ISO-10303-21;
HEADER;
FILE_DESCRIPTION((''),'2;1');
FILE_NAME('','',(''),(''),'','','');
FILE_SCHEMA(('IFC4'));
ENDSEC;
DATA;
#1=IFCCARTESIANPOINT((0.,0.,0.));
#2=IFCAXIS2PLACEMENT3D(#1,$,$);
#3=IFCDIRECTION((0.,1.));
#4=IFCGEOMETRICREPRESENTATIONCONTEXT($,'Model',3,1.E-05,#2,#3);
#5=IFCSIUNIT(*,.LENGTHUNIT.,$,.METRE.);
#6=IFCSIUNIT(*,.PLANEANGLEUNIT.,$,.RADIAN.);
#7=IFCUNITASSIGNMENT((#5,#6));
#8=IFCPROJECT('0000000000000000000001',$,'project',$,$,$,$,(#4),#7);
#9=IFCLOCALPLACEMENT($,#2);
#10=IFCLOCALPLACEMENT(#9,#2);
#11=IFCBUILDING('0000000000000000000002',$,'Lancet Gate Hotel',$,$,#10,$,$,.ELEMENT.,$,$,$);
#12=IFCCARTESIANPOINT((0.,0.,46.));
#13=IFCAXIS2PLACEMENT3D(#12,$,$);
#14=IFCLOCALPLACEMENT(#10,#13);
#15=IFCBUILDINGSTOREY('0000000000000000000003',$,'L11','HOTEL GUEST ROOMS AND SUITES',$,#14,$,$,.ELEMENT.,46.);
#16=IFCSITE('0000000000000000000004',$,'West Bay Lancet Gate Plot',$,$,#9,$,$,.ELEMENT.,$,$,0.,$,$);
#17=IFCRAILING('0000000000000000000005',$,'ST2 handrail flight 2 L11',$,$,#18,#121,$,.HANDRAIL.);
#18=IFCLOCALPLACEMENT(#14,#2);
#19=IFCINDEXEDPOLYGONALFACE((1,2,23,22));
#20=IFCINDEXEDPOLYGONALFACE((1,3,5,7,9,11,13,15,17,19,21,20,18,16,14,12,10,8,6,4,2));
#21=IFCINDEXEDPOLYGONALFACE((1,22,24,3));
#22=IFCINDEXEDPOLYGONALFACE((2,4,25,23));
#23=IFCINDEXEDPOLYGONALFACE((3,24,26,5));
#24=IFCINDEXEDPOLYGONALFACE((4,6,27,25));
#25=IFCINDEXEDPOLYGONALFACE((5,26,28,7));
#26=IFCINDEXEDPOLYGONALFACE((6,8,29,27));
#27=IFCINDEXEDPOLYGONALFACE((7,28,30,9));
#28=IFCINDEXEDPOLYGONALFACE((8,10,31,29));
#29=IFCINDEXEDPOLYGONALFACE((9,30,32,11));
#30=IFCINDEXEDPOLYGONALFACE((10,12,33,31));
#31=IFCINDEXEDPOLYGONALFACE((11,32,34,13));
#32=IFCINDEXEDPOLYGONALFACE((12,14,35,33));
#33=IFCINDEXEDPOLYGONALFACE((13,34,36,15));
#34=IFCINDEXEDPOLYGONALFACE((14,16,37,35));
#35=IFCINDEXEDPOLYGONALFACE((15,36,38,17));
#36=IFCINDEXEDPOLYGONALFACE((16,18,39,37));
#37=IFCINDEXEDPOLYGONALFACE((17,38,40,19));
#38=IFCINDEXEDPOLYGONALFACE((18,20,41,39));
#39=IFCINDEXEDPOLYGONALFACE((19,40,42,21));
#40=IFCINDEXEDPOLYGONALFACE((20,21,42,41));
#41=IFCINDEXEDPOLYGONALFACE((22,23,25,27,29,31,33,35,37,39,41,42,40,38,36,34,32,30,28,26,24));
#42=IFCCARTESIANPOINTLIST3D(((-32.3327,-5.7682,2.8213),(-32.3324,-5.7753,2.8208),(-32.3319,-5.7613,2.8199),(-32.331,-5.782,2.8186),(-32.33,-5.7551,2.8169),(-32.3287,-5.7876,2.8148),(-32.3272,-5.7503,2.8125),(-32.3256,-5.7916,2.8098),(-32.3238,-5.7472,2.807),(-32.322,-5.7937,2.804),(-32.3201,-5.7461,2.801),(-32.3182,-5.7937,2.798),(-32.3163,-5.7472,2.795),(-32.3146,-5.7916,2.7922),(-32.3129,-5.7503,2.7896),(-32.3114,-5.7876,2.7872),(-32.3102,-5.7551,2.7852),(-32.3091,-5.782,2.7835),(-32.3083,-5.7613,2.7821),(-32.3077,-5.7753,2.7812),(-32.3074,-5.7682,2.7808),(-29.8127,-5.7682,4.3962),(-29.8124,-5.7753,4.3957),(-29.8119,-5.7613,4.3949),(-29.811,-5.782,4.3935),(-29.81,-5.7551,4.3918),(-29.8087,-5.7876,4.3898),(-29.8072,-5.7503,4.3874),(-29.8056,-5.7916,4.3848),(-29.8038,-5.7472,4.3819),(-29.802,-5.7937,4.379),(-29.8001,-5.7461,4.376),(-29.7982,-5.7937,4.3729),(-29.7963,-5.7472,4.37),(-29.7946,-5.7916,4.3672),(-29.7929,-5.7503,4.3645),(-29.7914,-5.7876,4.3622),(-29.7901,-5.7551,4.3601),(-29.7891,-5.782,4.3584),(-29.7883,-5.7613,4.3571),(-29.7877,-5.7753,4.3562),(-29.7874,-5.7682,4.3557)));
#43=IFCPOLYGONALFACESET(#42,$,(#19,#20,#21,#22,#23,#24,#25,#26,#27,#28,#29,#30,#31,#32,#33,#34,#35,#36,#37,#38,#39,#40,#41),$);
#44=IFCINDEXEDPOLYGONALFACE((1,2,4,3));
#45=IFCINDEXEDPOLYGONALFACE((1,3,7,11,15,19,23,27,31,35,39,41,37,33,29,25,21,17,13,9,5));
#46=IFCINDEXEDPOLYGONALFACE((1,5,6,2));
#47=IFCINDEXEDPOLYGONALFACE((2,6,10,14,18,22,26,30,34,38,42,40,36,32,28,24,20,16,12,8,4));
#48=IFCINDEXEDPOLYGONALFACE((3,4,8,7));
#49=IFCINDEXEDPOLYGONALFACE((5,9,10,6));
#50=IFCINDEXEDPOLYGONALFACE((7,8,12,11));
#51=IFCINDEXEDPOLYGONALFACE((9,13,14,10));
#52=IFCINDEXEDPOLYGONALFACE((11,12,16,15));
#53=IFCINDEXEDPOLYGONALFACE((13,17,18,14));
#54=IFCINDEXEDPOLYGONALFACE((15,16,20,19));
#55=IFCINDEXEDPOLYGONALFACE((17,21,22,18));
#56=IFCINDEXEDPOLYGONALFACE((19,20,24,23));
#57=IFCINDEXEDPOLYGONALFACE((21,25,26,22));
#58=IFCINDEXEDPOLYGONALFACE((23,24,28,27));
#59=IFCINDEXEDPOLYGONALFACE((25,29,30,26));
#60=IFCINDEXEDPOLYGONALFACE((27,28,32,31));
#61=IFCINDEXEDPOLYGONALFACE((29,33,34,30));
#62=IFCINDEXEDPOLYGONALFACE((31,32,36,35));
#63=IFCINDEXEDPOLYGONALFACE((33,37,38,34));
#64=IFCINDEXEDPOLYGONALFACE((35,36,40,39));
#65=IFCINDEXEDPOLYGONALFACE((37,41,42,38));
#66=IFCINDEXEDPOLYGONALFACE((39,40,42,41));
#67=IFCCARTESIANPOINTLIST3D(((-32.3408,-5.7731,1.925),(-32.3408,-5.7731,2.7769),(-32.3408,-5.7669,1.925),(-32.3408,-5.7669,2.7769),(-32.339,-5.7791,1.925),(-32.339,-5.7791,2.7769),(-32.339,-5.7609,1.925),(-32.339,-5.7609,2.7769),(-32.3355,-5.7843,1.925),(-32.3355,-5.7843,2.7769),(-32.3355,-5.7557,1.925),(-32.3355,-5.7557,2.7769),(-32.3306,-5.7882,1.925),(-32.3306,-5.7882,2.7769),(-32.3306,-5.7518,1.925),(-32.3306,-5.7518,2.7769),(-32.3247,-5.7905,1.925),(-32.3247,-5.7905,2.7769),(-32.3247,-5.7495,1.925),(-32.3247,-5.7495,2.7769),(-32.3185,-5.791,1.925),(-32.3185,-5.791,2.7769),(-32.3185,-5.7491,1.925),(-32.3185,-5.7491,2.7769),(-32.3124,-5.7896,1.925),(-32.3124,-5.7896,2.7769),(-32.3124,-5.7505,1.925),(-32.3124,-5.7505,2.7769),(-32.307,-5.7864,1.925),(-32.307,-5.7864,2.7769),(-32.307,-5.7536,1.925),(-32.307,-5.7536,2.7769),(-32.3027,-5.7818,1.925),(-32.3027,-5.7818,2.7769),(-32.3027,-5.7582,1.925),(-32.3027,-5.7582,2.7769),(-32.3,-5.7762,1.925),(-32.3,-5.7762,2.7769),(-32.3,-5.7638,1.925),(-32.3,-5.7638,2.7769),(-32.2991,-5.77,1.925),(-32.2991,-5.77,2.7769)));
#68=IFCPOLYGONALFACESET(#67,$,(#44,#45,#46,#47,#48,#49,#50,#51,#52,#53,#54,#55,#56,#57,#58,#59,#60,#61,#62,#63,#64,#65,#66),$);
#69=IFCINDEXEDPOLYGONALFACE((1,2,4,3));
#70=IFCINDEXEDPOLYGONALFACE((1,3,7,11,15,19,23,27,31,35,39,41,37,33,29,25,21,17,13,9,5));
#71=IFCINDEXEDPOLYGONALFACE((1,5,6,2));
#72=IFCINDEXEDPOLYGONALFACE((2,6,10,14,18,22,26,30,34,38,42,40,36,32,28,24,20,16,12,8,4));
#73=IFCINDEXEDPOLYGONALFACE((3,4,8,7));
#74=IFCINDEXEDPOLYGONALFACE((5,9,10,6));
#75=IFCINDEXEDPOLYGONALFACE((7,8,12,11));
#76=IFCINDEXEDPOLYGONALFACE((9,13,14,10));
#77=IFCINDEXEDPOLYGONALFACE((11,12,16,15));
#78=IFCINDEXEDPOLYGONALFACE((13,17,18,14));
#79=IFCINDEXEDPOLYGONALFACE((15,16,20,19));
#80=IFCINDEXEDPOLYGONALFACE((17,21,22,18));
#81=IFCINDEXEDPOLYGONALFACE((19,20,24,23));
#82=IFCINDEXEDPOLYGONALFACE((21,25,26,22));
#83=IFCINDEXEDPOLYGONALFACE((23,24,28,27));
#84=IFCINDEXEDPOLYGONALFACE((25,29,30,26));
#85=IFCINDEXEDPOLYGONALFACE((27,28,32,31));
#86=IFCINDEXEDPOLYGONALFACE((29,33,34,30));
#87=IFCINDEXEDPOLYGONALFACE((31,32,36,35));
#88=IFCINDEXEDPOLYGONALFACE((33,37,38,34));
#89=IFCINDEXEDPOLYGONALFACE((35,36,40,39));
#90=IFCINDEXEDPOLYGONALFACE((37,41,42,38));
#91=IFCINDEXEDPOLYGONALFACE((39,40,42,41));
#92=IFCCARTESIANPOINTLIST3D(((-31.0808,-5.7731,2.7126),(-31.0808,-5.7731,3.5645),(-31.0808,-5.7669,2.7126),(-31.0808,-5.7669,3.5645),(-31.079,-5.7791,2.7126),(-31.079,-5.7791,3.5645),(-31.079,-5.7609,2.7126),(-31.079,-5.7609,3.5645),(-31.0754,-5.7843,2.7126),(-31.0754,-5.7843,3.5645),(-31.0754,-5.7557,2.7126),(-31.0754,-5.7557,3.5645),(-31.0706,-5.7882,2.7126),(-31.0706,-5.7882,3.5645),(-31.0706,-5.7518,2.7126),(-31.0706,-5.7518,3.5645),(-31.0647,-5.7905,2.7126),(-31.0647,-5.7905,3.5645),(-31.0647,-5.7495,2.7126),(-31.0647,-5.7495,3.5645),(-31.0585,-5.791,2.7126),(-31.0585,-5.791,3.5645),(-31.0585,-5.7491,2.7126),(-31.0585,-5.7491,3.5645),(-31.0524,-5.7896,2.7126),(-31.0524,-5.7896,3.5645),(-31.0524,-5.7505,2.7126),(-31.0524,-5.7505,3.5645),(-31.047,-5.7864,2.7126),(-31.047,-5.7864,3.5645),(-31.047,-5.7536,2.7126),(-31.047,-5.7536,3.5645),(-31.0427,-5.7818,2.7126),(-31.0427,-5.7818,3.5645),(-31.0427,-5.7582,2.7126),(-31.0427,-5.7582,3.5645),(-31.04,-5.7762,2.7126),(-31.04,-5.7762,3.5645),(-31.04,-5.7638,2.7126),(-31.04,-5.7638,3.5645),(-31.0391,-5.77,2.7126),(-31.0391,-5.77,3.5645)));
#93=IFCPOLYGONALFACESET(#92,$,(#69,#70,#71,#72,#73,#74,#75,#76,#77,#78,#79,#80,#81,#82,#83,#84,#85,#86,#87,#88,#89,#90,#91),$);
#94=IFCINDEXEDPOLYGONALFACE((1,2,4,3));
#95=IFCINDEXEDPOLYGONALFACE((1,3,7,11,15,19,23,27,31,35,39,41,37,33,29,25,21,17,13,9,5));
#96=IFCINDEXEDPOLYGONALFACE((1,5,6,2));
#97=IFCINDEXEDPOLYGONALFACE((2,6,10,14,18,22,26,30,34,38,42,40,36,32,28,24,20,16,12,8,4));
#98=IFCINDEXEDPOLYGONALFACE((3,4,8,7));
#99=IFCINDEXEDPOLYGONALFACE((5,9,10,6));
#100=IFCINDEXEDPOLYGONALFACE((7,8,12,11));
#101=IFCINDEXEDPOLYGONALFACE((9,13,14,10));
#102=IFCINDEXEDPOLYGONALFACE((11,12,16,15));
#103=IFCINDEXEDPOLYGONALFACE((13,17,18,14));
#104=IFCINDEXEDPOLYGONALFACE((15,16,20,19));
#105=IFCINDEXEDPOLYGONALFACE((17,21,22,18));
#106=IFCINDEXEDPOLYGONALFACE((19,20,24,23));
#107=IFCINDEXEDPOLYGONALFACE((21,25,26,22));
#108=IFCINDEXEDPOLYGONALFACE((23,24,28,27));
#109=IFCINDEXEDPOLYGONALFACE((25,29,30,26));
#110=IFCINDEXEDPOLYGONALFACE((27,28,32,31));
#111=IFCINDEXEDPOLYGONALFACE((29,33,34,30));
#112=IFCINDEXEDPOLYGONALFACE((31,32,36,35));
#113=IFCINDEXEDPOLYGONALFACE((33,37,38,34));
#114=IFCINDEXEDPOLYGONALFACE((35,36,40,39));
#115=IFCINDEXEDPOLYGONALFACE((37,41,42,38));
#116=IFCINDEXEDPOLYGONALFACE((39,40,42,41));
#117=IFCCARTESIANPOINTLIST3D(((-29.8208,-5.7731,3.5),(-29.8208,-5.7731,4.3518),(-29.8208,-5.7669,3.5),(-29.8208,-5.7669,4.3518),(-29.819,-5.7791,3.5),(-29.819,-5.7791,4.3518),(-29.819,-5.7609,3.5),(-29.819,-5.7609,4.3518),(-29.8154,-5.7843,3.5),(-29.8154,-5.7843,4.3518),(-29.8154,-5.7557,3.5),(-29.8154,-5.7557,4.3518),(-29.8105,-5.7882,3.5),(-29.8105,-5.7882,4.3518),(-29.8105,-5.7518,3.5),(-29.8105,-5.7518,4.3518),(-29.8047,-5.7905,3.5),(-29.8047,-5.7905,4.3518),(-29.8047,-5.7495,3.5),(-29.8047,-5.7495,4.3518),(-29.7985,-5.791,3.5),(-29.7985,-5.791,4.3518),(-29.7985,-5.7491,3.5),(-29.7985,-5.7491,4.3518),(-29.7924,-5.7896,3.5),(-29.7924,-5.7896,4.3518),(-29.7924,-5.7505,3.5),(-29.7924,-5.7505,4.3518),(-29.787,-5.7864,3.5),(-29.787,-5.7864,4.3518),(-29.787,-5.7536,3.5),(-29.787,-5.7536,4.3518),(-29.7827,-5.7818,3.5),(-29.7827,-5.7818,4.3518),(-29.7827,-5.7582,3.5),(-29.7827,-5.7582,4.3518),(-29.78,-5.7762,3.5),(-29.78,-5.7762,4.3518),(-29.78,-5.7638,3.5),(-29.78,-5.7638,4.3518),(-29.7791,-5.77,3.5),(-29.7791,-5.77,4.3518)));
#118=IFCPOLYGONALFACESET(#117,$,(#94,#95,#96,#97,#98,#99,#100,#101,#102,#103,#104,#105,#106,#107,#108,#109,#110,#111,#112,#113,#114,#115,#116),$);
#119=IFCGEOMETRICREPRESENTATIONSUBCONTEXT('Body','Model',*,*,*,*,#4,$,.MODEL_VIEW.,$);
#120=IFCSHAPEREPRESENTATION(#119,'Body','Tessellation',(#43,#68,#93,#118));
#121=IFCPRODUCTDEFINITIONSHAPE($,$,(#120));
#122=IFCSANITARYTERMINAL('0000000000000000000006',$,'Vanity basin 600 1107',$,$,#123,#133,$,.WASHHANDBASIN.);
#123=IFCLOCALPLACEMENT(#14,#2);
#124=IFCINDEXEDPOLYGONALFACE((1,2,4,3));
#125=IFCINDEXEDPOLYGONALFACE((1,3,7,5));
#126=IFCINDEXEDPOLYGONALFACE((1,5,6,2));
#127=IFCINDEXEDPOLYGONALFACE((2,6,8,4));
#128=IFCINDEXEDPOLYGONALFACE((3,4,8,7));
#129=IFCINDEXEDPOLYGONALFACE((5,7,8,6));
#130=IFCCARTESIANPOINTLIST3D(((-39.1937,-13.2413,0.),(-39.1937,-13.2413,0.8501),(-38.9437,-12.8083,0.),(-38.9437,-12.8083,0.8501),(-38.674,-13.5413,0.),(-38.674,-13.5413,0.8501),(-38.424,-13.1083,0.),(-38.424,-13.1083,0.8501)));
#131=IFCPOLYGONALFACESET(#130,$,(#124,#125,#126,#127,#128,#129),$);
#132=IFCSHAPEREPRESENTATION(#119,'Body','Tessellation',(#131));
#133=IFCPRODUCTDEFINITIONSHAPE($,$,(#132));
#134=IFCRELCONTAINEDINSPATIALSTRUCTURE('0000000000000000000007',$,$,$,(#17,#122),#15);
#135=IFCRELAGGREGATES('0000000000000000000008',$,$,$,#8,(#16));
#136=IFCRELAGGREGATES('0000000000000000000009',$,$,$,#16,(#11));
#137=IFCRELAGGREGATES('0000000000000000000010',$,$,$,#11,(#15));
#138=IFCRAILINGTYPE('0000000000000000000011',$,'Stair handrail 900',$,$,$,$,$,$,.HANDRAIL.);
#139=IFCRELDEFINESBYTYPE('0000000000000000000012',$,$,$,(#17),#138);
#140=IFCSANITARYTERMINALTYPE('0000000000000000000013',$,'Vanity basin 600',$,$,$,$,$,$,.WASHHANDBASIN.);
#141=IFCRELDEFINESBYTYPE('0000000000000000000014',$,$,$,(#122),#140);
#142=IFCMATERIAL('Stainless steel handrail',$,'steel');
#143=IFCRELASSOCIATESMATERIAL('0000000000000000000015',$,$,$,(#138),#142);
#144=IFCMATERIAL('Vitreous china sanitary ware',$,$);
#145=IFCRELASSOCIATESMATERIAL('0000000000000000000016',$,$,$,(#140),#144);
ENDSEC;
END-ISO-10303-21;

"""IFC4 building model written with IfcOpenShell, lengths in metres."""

from ifc_helpers import new_model, si_unit, direction, frame, origin, origin_2d, place, context, subcontext, project, spatial, rectangle, circle, extrude, material, type_object, element, save


model = new_model("IFC4")

# Units and contexts
model_context = context("Model", 3, precision=1e-05, world=origin(), true_north=direction((0.0, 1.0)))
body_context = subcontext(model_context, "Body", "Model", "MODEL_VIEW")
ifc_project = project(units=[si_unit("LENGTHUNIT", "METRE"), si_unit("PLANEANGLEUNIT", "RADIAN")], contexts=[model_context])

# Site, building, storey
site_placement = place(None, origin())
site = spatial("IfcSite", under=ifc_project, at=site_placement, Name="West Bay Lancet Gate Plot", CompositionType="ELEMENT", RefElevation=0.0)
building_placement = place(site_placement, origin())
building = spatial("IfcBuilding", under=site, at=building_placement, Name="Lancet Gate Hotel", CompositionType="ELEMENT")
storey_placement = place(building_placement, frame((0.0, 0.0, 46.0)))
storey = spatial("IfcBuildingStorey", under=building, at=storey_placement, Name="L11", Description="HOTEL GUEST ROOMS AND SUITES", CompositionType="ELEMENT", Elevation=46.0)

# Railing
ifc_material_1 = material(Name="Stainless steel handrail", Category="steel")
railing_type = type_object("IfcRailingType", Name="Stair handrail 900", PredefinedType="HANDRAIL", material=ifc_material_1)
railing_1_placement = place(storey_placement, frame((-32.3201, -5.77, 1.925)))
element("IfcRailing", 1, at=railing_1_placement, inside=storey, type_object=railing_type, Name="ST2 handrail flight 2 L11", PredefinedType="HANDRAIL", context=body_context, shape_type="SweptSolid", body=[
    extrude(circle(Radius=0.0239, at=origin_2d()), frame((0.0, 0.0, 0.876), z_axis=(0.848008, 0.0, 0.529984), x_axis=(0.0, 1.0, 0.0)), (0.0, 0.0, 1.0), 2.9717),
    extrude(circle(Radius=0.021, at=origin_2d()), origin(), (0.0, 0.0, 1.0), 0.8518),
    extrude(circle(Radius=0.021, at=origin_2d()), frame((1.26, 0.0, 0.7876)), (0.0, 0.0, 1.0), 0.8518),
    extrude(circle(Radius=0.021, at=origin_2d()), frame((2.52, 0.0, 1.575)), (0.0, 0.0, 1.0), 0.8518),
])

# Sanitary terminal
ifc_material_2 = material(Name="Vitreous china sanitary ware")
sanitary_terminal_type = type_object("IfcSanitaryTerminalType", Name="Vanity basin 600", PredefinedType="WASHHANDBASIN", material=ifc_material_2)
sanitary_terminal_placement = place(storey_placement, frame((-38.8088, -13.1748, 0.0), z_axis=(0.0, 0.0, 1.0), x_axis=(-0.866025, 0.5, 0.0)))
element("IfcSanitaryTerminal", 2, at=sanitary_terminal_placement, inside=storey, type_object=sanitary_terminal_type, Name="Vanity basin 600 1107", PredefinedType="WASHHANDBASIN", context=body_context, shape_type="SweptSolid", body=[
    extrude(rectangle(XDim=0.6001, YDim=0.5, at=origin_2d()), origin(), (0.0, 0.0, 1.0), 0.8501),
])

save(model, "model.ifc")
